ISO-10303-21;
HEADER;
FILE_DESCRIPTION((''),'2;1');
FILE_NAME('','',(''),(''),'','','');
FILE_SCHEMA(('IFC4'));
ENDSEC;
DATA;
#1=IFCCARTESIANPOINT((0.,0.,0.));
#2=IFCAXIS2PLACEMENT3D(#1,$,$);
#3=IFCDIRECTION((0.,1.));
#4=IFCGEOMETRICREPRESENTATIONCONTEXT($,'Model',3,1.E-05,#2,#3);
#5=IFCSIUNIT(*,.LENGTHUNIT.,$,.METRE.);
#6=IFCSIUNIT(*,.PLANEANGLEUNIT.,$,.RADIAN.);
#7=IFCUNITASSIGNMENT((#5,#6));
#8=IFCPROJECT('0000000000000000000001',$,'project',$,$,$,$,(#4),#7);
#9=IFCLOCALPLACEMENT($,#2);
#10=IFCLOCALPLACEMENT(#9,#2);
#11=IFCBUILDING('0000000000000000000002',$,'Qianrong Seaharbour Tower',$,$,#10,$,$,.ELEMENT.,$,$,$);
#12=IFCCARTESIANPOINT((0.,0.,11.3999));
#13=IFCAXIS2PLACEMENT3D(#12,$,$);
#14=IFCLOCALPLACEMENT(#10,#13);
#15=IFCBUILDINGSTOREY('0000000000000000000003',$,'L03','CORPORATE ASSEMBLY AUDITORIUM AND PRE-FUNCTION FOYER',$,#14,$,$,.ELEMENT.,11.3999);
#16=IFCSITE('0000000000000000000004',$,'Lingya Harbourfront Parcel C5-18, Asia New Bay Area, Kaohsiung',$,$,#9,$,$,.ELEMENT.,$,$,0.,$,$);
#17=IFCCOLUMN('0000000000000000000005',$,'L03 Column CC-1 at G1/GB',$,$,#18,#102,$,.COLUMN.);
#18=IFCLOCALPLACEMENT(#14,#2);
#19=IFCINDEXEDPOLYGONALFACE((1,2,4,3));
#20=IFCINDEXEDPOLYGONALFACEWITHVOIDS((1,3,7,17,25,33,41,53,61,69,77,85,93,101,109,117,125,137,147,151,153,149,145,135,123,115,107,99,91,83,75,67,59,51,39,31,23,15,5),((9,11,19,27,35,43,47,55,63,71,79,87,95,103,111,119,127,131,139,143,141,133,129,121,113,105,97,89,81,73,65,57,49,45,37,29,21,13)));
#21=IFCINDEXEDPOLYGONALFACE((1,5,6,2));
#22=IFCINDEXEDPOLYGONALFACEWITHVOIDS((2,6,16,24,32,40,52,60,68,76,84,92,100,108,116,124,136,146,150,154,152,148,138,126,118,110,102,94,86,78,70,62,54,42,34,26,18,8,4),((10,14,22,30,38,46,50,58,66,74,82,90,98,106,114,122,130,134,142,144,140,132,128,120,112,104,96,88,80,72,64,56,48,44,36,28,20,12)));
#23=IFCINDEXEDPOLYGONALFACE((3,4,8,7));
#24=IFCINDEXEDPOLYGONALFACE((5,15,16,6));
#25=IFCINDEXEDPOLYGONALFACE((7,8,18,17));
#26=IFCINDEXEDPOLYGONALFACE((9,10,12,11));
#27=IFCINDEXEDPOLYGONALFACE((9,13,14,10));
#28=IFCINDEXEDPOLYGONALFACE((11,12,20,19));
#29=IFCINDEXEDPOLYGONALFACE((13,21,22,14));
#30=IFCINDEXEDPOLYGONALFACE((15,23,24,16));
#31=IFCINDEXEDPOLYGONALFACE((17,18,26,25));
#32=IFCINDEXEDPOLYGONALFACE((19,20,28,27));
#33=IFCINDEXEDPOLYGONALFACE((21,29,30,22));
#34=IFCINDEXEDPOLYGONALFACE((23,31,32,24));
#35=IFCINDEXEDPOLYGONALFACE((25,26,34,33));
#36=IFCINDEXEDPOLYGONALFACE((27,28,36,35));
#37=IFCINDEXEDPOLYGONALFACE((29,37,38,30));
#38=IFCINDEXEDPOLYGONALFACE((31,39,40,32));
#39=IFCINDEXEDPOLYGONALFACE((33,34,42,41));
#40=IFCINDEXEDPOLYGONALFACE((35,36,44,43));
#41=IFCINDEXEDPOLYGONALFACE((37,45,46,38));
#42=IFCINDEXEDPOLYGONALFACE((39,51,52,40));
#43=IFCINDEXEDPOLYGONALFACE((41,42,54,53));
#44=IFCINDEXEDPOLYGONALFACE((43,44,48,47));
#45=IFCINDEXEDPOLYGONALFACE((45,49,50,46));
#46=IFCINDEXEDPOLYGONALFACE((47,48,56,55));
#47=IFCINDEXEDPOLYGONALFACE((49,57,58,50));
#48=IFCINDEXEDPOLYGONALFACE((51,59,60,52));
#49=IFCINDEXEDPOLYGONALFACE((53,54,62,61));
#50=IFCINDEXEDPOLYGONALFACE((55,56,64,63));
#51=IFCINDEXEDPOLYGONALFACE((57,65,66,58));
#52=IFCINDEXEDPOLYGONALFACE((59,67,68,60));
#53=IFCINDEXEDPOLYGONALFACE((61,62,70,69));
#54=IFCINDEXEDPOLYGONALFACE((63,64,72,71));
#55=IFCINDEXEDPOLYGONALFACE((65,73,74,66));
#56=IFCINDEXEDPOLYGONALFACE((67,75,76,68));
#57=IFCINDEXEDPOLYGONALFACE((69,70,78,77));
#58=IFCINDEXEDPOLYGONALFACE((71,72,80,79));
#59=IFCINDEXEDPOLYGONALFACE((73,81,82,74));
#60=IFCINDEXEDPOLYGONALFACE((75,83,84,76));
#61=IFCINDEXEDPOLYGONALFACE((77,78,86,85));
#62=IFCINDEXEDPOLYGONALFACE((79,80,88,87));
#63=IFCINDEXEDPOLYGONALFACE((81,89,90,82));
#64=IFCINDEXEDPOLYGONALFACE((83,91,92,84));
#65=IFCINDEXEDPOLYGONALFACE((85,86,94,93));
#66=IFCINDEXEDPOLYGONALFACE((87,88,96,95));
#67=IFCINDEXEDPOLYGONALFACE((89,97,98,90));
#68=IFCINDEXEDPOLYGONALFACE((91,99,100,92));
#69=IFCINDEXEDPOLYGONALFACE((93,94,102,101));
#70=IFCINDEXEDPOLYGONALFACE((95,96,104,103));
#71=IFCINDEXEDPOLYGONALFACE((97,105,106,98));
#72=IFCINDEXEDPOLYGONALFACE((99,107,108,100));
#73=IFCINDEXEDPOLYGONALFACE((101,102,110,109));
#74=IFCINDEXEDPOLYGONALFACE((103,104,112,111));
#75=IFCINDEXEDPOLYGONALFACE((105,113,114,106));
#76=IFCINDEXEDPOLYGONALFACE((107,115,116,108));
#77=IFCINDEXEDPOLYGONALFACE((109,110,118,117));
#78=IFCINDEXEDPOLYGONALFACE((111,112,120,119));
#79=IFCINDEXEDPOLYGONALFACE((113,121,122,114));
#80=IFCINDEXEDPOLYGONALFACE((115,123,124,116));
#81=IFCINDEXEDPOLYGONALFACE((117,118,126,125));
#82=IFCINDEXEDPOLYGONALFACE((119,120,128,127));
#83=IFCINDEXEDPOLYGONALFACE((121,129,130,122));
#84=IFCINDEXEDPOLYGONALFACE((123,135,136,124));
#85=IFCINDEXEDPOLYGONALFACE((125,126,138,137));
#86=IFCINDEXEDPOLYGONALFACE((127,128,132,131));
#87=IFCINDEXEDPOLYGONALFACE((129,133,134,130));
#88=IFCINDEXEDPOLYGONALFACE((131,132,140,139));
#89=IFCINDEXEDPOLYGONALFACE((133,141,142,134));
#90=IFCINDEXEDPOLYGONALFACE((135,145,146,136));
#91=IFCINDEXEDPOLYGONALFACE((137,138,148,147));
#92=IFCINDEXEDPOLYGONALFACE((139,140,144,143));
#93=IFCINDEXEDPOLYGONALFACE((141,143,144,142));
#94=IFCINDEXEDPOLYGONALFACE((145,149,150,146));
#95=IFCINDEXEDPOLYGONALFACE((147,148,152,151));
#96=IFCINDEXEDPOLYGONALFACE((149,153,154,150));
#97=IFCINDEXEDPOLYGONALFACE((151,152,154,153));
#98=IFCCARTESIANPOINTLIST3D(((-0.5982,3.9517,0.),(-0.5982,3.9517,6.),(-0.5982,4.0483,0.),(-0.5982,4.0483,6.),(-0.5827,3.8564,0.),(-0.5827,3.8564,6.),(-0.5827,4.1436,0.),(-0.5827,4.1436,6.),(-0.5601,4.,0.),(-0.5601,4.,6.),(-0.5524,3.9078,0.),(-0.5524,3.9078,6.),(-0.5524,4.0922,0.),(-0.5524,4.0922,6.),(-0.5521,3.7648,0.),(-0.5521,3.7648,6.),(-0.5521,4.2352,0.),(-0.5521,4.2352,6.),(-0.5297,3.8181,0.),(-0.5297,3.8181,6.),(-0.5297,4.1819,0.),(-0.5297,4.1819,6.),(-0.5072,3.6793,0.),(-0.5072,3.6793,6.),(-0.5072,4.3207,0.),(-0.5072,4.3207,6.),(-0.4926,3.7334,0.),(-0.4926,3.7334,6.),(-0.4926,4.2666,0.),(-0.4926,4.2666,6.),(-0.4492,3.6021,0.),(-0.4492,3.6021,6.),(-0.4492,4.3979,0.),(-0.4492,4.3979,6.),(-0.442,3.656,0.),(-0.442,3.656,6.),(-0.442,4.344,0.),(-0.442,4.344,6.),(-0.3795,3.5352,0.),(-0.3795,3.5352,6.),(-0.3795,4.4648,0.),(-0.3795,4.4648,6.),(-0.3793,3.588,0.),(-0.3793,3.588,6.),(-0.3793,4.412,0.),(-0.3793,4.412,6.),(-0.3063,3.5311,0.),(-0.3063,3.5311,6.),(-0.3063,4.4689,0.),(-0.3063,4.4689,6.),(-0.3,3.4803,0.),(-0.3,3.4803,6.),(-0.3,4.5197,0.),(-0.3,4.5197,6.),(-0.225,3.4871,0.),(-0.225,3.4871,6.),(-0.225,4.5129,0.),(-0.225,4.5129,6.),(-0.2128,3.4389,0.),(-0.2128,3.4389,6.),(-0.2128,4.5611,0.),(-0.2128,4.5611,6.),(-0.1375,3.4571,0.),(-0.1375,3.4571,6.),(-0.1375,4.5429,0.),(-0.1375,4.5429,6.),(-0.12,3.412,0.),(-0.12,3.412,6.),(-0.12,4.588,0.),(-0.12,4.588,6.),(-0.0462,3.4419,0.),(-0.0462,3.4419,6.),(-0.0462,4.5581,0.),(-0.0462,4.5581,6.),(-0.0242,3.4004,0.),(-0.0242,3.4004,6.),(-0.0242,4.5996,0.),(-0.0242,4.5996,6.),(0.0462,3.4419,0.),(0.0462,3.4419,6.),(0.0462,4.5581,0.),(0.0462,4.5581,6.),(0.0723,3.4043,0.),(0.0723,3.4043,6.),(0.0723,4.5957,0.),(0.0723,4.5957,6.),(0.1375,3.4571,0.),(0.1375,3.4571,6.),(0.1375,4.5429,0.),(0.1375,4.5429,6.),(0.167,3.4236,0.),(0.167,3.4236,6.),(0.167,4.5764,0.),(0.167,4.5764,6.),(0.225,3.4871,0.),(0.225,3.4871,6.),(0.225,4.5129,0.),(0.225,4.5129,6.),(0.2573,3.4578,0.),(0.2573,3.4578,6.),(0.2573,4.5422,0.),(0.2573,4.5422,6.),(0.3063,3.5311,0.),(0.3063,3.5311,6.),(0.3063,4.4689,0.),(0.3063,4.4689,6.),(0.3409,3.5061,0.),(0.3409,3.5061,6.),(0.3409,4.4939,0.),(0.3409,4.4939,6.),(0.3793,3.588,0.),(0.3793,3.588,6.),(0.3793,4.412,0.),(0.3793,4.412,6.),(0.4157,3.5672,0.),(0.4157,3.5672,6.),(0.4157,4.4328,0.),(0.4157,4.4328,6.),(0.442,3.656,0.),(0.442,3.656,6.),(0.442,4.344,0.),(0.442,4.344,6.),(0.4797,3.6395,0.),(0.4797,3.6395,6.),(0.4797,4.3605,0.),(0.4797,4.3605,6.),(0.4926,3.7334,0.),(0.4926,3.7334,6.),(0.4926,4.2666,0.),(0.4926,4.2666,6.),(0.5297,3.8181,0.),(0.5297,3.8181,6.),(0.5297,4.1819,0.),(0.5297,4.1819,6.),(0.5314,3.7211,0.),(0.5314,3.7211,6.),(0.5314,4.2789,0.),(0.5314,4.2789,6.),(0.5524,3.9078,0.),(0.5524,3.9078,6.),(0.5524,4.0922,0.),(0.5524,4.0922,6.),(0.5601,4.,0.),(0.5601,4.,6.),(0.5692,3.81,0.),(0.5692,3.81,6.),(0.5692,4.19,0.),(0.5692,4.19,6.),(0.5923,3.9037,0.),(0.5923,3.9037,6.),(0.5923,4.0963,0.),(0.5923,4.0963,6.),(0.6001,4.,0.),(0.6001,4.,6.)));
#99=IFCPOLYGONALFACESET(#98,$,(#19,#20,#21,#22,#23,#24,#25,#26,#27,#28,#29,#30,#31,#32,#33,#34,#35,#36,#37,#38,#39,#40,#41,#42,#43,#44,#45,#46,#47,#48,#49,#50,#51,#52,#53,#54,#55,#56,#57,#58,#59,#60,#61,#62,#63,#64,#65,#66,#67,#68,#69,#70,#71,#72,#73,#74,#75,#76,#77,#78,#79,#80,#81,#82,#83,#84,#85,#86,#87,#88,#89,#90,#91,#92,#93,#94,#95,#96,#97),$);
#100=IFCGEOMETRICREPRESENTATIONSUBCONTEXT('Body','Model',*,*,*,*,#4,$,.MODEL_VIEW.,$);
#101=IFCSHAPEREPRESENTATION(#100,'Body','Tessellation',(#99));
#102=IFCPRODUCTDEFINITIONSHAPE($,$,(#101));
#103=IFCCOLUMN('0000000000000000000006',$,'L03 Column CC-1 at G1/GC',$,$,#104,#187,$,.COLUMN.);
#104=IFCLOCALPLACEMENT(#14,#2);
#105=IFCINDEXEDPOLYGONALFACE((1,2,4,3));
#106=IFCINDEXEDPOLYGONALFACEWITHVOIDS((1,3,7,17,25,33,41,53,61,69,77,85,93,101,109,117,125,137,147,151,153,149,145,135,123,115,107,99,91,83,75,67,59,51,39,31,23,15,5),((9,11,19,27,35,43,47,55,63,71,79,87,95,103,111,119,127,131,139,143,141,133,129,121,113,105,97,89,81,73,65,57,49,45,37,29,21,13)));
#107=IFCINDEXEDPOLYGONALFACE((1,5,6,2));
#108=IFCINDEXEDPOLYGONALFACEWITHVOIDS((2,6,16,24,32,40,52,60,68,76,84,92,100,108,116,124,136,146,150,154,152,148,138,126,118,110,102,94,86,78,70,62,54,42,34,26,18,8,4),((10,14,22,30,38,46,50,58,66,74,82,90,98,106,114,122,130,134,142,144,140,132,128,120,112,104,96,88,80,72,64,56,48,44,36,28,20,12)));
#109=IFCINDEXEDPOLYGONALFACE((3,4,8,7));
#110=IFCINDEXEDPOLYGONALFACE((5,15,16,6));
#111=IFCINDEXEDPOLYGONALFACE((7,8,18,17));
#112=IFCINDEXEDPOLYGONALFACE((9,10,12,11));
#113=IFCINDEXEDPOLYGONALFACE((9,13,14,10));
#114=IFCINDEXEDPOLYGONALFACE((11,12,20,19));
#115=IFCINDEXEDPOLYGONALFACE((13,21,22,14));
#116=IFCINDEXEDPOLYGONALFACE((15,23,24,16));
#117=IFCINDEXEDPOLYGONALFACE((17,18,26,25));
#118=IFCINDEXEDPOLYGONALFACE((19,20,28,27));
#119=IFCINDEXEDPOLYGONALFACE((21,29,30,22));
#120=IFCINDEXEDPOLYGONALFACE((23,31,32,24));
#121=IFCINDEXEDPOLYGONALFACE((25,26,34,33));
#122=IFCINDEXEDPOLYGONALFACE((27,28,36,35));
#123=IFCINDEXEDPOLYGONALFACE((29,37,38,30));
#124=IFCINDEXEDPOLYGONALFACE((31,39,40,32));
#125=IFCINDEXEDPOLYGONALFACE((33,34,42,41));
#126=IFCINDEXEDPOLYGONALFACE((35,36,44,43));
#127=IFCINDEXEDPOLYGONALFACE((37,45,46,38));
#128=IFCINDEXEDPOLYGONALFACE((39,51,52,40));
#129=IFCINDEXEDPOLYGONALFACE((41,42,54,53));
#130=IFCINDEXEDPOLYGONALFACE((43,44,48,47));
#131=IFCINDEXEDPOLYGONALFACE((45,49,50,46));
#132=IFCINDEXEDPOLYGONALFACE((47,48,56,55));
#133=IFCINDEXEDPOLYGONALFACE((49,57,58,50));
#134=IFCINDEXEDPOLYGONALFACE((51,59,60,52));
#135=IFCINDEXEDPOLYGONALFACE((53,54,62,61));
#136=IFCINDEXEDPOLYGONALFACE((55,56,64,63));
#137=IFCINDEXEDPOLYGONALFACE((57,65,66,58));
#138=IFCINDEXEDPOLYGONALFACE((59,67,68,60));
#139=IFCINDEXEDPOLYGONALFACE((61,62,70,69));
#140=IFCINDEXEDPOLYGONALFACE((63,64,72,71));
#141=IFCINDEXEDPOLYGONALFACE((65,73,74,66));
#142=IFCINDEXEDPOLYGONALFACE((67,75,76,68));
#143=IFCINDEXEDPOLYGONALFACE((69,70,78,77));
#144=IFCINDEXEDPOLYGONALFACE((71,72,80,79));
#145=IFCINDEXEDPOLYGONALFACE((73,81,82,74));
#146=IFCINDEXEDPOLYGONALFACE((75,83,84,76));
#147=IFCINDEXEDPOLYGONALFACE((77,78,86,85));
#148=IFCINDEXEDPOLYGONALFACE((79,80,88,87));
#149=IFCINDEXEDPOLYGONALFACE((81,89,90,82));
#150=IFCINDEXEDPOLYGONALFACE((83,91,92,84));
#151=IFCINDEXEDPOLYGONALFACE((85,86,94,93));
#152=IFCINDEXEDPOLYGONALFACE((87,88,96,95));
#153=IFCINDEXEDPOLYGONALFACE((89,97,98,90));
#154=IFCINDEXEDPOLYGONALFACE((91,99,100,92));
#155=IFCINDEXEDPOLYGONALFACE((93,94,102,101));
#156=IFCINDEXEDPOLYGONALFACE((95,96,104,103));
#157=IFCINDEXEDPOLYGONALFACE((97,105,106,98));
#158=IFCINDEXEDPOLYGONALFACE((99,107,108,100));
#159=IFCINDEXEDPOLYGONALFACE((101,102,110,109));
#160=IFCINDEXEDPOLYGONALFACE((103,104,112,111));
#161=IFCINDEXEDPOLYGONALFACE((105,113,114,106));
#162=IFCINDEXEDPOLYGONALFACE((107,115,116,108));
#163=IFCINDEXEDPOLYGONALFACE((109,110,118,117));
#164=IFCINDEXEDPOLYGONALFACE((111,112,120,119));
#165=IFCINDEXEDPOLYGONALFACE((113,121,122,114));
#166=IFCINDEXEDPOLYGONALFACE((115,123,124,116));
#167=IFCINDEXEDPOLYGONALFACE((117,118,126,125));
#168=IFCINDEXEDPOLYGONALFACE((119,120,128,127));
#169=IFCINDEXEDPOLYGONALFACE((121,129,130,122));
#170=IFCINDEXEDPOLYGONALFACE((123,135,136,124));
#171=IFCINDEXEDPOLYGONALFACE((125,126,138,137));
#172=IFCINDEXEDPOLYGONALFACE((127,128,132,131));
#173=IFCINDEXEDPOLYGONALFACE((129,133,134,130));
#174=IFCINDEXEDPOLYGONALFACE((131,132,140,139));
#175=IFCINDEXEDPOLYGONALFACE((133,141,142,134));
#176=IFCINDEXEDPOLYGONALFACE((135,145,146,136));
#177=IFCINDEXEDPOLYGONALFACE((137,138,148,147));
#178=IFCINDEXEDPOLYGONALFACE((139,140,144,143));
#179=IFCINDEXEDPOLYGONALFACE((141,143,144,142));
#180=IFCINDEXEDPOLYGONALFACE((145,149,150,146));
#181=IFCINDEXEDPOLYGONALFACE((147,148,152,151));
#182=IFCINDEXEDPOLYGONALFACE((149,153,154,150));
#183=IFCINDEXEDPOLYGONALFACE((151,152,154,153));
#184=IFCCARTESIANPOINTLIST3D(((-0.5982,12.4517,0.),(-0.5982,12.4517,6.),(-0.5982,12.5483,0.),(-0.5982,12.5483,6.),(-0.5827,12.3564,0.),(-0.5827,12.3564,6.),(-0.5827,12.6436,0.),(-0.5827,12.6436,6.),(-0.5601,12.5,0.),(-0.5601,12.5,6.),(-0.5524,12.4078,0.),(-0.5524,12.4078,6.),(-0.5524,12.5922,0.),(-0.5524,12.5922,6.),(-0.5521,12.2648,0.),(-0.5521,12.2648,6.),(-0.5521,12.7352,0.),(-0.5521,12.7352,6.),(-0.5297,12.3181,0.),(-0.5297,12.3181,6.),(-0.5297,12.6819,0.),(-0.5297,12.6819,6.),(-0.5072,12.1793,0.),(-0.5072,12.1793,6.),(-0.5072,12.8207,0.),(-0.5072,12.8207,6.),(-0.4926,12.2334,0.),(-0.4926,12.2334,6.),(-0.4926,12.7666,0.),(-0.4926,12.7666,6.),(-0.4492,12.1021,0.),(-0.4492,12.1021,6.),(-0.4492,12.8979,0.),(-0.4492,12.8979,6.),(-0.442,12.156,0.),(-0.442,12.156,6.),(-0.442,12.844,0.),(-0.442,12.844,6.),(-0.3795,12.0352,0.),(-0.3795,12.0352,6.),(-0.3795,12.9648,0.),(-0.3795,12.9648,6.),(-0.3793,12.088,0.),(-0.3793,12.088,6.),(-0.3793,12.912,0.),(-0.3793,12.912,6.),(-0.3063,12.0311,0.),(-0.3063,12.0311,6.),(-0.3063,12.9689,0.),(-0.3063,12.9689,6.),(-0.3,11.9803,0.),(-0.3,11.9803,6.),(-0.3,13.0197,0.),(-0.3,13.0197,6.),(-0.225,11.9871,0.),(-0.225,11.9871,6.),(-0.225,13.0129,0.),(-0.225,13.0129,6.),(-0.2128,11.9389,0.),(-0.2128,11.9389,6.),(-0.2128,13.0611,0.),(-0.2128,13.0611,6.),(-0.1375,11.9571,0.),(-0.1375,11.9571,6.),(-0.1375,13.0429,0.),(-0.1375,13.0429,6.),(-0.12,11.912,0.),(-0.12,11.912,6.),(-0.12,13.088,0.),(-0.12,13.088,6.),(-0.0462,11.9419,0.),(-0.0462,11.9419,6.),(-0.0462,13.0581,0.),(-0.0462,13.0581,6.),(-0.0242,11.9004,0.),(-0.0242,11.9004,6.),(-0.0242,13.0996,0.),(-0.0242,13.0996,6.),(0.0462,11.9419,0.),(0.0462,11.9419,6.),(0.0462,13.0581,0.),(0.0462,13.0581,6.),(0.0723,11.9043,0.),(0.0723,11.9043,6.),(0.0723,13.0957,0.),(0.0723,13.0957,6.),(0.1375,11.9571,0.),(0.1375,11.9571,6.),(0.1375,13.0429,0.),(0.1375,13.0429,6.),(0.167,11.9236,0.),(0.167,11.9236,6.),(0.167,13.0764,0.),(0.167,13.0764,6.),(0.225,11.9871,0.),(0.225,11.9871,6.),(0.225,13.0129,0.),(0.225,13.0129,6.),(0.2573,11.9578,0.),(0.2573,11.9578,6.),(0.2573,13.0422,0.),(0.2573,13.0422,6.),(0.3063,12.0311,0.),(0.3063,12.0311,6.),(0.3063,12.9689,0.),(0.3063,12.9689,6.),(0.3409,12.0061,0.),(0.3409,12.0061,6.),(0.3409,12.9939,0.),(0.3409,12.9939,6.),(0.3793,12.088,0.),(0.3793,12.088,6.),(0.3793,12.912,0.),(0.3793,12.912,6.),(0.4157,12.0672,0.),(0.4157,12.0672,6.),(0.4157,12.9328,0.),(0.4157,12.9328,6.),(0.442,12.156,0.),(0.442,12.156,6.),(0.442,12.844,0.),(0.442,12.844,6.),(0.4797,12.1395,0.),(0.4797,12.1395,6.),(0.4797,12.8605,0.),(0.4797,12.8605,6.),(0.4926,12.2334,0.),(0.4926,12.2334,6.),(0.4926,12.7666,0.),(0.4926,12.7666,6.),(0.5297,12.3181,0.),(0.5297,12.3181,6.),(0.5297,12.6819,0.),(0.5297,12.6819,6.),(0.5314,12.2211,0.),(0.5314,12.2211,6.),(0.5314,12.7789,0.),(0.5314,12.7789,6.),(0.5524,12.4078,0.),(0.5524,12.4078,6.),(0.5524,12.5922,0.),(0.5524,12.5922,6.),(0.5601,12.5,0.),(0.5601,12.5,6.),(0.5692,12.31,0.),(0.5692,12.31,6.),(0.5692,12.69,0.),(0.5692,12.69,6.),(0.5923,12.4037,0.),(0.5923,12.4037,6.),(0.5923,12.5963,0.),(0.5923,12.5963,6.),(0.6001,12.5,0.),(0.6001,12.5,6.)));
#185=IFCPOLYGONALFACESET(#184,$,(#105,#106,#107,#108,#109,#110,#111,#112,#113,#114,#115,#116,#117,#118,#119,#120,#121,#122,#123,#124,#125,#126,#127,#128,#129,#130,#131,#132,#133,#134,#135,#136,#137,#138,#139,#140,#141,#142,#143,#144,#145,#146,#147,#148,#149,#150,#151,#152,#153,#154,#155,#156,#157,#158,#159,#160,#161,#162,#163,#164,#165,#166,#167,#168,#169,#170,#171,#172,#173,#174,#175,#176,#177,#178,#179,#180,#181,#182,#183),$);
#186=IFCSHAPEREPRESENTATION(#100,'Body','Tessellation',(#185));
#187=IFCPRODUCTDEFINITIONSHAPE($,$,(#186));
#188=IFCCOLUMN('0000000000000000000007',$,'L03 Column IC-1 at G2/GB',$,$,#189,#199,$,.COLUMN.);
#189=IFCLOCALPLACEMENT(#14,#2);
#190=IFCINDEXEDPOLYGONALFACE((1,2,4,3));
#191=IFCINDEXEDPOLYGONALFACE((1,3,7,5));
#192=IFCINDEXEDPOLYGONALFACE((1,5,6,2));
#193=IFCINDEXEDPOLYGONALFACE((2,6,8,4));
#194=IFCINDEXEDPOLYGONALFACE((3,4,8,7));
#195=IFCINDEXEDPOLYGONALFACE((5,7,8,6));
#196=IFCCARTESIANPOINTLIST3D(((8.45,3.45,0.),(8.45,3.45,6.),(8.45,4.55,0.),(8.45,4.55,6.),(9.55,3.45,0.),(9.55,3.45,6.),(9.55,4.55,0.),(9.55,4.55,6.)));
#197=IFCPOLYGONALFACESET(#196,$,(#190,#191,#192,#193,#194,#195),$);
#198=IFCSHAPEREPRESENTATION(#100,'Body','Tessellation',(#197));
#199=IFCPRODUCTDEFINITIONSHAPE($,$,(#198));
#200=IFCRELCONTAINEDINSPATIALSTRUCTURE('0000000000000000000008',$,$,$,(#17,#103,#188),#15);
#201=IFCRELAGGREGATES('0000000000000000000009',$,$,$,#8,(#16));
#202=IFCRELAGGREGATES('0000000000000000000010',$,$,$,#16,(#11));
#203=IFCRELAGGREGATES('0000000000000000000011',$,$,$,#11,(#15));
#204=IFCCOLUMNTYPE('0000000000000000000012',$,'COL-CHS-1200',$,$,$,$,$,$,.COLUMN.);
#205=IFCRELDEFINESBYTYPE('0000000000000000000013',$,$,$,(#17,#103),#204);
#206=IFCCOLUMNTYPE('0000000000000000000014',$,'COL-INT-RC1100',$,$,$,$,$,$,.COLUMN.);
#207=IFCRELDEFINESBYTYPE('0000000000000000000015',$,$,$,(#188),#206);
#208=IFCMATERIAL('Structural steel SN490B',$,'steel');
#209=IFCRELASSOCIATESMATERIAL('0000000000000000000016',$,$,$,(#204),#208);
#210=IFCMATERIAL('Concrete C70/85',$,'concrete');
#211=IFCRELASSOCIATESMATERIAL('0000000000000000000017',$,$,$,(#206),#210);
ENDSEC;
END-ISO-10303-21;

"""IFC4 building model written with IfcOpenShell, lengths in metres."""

from ifc_helpers import new_model, si_unit, direction, frame, origin, origin_2d, place, context, subcontext, project, spatial, rectangle, hollow_circle, extrude, material, material_profile, profile_set, type_object, element, save


model = new_model("IFC4")

# Units and contexts
model_context = context("Model", 3, precision=1e-05, world=origin(), true_north=direction((0.0, 1.0)))
body_context = subcontext(model_context, "Body", "Model", "MODEL_VIEW")
ifc_project = project(units=[si_unit("LENGTHUNIT", "METRE"), si_unit("PLANEANGLEUNIT", "RADIAN")], contexts=[model_context])

# Site, building, storey
site_placement = place(None, origin())
site = spatial("IfcSite", under=ifc_project, at=site_placement, Name="Lingya Harbourfront Parcel C5-18, Asia New Bay Area, Kaohsiung", CompositionType="ELEMENT", RefElevation=0.0)
building_placement = place(site_placement, origin())
building = spatial("IfcBuilding", under=site, at=building_placement, Name="Qianrong Seaharbour Tower", CompositionType="ELEMENT")
storey_placement = place(building_placement, frame((0.0, 0.0, 11.3999)))
storey = spatial("IfcBuildingStorey", under=building, at=storey_placement, Name="L03", Description="CORPORATE ASSEMBLY AUDITORIUM AND PRE-FUNCTION FOYER", CompositionType="ELEMENT", Elevation=11.3999)

# Columns
ifc_material_1 = material(Name="Structural steel SN490B", Category="steel")
ifc_material_profile_1 = material_profile(ifc_material_1, hollow_circle(Radius=0.6001, WallThickness=0.04, at=origin_2d()), Name="CHS1200x40")
ifc_profile_set_1 = profile_set([ifc_material_profile_1], Name="Structural steel SN490B")
column_type_1 = type_object("IfcColumnType", Name="COL-CHS-1200", PredefinedType="COLUMN", material=ifc_profile_set_1)
for number, where, z_axis, x_axis, name in (
    (1, (0.0, 4.0, 0.0), (0.0, 0.0, 1.0), (1.0, 0.0, 0.0), "L03 Column CC-1 at G1/GB"),
    (2, (0.0, 12.5, 0.0), (0.0, 0.0, 1.0), (1.0, 0.0, 0.0), "L03 Column CC-1 at G1/GC"),
):
    element("IfcColumn", number, at=place(storey_placement, frame(where, z_axis=z_axis, x_axis=x_axis)), inside=storey, type_object=column_type_1, Name=name, PredefinedType="COLUMN", context=body_context, shape_type="SweptSolid", body=[
        extrude(hollow_circle(Radius=0.6001, WallThickness=0.04, at=origin_2d()), origin(), (0.0, 0.0, 1.0), 6.0),
    ])
ifc_material_2 = material(Name="Concrete C70/85", Category="concrete")
ifc_material_profile_2 = material_profile(ifc_material_2, rectangle(XDim=1.1001, YDim=1.1001, at=origin_2d()), Name="RC1100x1100")
ifc_profile_set_2 = profile_set([ifc_material_profile_2], Name="Concrete C70/85")
column_type_2 = type_object("IfcColumnType", Name="COL-INT-RC1100", PredefinedType="COLUMN", material=ifc_profile_set_2)
column_placement = place(storey_placement, frame((9.0, 4.0, 0.0), z_axis=(0.0, 0.0, 1.0), x_axis=(1.0, 0.0, 0.0)))
element("IfcColumn", 3, at=column_placement, inside=storey, type_object=column_type_2, Name="L03 Column IC-1 at G2/GB", PredefinedType="COLUMN", context=body_context, shape_type="SweptSolid", body=[
    extrude(rectangle(XDim=1.1001, YDim=1.1001, at=origin_2d()), origin(), (0.0, 0.0, 1.0), 6.0),
])

save(model, "model.ifc")
